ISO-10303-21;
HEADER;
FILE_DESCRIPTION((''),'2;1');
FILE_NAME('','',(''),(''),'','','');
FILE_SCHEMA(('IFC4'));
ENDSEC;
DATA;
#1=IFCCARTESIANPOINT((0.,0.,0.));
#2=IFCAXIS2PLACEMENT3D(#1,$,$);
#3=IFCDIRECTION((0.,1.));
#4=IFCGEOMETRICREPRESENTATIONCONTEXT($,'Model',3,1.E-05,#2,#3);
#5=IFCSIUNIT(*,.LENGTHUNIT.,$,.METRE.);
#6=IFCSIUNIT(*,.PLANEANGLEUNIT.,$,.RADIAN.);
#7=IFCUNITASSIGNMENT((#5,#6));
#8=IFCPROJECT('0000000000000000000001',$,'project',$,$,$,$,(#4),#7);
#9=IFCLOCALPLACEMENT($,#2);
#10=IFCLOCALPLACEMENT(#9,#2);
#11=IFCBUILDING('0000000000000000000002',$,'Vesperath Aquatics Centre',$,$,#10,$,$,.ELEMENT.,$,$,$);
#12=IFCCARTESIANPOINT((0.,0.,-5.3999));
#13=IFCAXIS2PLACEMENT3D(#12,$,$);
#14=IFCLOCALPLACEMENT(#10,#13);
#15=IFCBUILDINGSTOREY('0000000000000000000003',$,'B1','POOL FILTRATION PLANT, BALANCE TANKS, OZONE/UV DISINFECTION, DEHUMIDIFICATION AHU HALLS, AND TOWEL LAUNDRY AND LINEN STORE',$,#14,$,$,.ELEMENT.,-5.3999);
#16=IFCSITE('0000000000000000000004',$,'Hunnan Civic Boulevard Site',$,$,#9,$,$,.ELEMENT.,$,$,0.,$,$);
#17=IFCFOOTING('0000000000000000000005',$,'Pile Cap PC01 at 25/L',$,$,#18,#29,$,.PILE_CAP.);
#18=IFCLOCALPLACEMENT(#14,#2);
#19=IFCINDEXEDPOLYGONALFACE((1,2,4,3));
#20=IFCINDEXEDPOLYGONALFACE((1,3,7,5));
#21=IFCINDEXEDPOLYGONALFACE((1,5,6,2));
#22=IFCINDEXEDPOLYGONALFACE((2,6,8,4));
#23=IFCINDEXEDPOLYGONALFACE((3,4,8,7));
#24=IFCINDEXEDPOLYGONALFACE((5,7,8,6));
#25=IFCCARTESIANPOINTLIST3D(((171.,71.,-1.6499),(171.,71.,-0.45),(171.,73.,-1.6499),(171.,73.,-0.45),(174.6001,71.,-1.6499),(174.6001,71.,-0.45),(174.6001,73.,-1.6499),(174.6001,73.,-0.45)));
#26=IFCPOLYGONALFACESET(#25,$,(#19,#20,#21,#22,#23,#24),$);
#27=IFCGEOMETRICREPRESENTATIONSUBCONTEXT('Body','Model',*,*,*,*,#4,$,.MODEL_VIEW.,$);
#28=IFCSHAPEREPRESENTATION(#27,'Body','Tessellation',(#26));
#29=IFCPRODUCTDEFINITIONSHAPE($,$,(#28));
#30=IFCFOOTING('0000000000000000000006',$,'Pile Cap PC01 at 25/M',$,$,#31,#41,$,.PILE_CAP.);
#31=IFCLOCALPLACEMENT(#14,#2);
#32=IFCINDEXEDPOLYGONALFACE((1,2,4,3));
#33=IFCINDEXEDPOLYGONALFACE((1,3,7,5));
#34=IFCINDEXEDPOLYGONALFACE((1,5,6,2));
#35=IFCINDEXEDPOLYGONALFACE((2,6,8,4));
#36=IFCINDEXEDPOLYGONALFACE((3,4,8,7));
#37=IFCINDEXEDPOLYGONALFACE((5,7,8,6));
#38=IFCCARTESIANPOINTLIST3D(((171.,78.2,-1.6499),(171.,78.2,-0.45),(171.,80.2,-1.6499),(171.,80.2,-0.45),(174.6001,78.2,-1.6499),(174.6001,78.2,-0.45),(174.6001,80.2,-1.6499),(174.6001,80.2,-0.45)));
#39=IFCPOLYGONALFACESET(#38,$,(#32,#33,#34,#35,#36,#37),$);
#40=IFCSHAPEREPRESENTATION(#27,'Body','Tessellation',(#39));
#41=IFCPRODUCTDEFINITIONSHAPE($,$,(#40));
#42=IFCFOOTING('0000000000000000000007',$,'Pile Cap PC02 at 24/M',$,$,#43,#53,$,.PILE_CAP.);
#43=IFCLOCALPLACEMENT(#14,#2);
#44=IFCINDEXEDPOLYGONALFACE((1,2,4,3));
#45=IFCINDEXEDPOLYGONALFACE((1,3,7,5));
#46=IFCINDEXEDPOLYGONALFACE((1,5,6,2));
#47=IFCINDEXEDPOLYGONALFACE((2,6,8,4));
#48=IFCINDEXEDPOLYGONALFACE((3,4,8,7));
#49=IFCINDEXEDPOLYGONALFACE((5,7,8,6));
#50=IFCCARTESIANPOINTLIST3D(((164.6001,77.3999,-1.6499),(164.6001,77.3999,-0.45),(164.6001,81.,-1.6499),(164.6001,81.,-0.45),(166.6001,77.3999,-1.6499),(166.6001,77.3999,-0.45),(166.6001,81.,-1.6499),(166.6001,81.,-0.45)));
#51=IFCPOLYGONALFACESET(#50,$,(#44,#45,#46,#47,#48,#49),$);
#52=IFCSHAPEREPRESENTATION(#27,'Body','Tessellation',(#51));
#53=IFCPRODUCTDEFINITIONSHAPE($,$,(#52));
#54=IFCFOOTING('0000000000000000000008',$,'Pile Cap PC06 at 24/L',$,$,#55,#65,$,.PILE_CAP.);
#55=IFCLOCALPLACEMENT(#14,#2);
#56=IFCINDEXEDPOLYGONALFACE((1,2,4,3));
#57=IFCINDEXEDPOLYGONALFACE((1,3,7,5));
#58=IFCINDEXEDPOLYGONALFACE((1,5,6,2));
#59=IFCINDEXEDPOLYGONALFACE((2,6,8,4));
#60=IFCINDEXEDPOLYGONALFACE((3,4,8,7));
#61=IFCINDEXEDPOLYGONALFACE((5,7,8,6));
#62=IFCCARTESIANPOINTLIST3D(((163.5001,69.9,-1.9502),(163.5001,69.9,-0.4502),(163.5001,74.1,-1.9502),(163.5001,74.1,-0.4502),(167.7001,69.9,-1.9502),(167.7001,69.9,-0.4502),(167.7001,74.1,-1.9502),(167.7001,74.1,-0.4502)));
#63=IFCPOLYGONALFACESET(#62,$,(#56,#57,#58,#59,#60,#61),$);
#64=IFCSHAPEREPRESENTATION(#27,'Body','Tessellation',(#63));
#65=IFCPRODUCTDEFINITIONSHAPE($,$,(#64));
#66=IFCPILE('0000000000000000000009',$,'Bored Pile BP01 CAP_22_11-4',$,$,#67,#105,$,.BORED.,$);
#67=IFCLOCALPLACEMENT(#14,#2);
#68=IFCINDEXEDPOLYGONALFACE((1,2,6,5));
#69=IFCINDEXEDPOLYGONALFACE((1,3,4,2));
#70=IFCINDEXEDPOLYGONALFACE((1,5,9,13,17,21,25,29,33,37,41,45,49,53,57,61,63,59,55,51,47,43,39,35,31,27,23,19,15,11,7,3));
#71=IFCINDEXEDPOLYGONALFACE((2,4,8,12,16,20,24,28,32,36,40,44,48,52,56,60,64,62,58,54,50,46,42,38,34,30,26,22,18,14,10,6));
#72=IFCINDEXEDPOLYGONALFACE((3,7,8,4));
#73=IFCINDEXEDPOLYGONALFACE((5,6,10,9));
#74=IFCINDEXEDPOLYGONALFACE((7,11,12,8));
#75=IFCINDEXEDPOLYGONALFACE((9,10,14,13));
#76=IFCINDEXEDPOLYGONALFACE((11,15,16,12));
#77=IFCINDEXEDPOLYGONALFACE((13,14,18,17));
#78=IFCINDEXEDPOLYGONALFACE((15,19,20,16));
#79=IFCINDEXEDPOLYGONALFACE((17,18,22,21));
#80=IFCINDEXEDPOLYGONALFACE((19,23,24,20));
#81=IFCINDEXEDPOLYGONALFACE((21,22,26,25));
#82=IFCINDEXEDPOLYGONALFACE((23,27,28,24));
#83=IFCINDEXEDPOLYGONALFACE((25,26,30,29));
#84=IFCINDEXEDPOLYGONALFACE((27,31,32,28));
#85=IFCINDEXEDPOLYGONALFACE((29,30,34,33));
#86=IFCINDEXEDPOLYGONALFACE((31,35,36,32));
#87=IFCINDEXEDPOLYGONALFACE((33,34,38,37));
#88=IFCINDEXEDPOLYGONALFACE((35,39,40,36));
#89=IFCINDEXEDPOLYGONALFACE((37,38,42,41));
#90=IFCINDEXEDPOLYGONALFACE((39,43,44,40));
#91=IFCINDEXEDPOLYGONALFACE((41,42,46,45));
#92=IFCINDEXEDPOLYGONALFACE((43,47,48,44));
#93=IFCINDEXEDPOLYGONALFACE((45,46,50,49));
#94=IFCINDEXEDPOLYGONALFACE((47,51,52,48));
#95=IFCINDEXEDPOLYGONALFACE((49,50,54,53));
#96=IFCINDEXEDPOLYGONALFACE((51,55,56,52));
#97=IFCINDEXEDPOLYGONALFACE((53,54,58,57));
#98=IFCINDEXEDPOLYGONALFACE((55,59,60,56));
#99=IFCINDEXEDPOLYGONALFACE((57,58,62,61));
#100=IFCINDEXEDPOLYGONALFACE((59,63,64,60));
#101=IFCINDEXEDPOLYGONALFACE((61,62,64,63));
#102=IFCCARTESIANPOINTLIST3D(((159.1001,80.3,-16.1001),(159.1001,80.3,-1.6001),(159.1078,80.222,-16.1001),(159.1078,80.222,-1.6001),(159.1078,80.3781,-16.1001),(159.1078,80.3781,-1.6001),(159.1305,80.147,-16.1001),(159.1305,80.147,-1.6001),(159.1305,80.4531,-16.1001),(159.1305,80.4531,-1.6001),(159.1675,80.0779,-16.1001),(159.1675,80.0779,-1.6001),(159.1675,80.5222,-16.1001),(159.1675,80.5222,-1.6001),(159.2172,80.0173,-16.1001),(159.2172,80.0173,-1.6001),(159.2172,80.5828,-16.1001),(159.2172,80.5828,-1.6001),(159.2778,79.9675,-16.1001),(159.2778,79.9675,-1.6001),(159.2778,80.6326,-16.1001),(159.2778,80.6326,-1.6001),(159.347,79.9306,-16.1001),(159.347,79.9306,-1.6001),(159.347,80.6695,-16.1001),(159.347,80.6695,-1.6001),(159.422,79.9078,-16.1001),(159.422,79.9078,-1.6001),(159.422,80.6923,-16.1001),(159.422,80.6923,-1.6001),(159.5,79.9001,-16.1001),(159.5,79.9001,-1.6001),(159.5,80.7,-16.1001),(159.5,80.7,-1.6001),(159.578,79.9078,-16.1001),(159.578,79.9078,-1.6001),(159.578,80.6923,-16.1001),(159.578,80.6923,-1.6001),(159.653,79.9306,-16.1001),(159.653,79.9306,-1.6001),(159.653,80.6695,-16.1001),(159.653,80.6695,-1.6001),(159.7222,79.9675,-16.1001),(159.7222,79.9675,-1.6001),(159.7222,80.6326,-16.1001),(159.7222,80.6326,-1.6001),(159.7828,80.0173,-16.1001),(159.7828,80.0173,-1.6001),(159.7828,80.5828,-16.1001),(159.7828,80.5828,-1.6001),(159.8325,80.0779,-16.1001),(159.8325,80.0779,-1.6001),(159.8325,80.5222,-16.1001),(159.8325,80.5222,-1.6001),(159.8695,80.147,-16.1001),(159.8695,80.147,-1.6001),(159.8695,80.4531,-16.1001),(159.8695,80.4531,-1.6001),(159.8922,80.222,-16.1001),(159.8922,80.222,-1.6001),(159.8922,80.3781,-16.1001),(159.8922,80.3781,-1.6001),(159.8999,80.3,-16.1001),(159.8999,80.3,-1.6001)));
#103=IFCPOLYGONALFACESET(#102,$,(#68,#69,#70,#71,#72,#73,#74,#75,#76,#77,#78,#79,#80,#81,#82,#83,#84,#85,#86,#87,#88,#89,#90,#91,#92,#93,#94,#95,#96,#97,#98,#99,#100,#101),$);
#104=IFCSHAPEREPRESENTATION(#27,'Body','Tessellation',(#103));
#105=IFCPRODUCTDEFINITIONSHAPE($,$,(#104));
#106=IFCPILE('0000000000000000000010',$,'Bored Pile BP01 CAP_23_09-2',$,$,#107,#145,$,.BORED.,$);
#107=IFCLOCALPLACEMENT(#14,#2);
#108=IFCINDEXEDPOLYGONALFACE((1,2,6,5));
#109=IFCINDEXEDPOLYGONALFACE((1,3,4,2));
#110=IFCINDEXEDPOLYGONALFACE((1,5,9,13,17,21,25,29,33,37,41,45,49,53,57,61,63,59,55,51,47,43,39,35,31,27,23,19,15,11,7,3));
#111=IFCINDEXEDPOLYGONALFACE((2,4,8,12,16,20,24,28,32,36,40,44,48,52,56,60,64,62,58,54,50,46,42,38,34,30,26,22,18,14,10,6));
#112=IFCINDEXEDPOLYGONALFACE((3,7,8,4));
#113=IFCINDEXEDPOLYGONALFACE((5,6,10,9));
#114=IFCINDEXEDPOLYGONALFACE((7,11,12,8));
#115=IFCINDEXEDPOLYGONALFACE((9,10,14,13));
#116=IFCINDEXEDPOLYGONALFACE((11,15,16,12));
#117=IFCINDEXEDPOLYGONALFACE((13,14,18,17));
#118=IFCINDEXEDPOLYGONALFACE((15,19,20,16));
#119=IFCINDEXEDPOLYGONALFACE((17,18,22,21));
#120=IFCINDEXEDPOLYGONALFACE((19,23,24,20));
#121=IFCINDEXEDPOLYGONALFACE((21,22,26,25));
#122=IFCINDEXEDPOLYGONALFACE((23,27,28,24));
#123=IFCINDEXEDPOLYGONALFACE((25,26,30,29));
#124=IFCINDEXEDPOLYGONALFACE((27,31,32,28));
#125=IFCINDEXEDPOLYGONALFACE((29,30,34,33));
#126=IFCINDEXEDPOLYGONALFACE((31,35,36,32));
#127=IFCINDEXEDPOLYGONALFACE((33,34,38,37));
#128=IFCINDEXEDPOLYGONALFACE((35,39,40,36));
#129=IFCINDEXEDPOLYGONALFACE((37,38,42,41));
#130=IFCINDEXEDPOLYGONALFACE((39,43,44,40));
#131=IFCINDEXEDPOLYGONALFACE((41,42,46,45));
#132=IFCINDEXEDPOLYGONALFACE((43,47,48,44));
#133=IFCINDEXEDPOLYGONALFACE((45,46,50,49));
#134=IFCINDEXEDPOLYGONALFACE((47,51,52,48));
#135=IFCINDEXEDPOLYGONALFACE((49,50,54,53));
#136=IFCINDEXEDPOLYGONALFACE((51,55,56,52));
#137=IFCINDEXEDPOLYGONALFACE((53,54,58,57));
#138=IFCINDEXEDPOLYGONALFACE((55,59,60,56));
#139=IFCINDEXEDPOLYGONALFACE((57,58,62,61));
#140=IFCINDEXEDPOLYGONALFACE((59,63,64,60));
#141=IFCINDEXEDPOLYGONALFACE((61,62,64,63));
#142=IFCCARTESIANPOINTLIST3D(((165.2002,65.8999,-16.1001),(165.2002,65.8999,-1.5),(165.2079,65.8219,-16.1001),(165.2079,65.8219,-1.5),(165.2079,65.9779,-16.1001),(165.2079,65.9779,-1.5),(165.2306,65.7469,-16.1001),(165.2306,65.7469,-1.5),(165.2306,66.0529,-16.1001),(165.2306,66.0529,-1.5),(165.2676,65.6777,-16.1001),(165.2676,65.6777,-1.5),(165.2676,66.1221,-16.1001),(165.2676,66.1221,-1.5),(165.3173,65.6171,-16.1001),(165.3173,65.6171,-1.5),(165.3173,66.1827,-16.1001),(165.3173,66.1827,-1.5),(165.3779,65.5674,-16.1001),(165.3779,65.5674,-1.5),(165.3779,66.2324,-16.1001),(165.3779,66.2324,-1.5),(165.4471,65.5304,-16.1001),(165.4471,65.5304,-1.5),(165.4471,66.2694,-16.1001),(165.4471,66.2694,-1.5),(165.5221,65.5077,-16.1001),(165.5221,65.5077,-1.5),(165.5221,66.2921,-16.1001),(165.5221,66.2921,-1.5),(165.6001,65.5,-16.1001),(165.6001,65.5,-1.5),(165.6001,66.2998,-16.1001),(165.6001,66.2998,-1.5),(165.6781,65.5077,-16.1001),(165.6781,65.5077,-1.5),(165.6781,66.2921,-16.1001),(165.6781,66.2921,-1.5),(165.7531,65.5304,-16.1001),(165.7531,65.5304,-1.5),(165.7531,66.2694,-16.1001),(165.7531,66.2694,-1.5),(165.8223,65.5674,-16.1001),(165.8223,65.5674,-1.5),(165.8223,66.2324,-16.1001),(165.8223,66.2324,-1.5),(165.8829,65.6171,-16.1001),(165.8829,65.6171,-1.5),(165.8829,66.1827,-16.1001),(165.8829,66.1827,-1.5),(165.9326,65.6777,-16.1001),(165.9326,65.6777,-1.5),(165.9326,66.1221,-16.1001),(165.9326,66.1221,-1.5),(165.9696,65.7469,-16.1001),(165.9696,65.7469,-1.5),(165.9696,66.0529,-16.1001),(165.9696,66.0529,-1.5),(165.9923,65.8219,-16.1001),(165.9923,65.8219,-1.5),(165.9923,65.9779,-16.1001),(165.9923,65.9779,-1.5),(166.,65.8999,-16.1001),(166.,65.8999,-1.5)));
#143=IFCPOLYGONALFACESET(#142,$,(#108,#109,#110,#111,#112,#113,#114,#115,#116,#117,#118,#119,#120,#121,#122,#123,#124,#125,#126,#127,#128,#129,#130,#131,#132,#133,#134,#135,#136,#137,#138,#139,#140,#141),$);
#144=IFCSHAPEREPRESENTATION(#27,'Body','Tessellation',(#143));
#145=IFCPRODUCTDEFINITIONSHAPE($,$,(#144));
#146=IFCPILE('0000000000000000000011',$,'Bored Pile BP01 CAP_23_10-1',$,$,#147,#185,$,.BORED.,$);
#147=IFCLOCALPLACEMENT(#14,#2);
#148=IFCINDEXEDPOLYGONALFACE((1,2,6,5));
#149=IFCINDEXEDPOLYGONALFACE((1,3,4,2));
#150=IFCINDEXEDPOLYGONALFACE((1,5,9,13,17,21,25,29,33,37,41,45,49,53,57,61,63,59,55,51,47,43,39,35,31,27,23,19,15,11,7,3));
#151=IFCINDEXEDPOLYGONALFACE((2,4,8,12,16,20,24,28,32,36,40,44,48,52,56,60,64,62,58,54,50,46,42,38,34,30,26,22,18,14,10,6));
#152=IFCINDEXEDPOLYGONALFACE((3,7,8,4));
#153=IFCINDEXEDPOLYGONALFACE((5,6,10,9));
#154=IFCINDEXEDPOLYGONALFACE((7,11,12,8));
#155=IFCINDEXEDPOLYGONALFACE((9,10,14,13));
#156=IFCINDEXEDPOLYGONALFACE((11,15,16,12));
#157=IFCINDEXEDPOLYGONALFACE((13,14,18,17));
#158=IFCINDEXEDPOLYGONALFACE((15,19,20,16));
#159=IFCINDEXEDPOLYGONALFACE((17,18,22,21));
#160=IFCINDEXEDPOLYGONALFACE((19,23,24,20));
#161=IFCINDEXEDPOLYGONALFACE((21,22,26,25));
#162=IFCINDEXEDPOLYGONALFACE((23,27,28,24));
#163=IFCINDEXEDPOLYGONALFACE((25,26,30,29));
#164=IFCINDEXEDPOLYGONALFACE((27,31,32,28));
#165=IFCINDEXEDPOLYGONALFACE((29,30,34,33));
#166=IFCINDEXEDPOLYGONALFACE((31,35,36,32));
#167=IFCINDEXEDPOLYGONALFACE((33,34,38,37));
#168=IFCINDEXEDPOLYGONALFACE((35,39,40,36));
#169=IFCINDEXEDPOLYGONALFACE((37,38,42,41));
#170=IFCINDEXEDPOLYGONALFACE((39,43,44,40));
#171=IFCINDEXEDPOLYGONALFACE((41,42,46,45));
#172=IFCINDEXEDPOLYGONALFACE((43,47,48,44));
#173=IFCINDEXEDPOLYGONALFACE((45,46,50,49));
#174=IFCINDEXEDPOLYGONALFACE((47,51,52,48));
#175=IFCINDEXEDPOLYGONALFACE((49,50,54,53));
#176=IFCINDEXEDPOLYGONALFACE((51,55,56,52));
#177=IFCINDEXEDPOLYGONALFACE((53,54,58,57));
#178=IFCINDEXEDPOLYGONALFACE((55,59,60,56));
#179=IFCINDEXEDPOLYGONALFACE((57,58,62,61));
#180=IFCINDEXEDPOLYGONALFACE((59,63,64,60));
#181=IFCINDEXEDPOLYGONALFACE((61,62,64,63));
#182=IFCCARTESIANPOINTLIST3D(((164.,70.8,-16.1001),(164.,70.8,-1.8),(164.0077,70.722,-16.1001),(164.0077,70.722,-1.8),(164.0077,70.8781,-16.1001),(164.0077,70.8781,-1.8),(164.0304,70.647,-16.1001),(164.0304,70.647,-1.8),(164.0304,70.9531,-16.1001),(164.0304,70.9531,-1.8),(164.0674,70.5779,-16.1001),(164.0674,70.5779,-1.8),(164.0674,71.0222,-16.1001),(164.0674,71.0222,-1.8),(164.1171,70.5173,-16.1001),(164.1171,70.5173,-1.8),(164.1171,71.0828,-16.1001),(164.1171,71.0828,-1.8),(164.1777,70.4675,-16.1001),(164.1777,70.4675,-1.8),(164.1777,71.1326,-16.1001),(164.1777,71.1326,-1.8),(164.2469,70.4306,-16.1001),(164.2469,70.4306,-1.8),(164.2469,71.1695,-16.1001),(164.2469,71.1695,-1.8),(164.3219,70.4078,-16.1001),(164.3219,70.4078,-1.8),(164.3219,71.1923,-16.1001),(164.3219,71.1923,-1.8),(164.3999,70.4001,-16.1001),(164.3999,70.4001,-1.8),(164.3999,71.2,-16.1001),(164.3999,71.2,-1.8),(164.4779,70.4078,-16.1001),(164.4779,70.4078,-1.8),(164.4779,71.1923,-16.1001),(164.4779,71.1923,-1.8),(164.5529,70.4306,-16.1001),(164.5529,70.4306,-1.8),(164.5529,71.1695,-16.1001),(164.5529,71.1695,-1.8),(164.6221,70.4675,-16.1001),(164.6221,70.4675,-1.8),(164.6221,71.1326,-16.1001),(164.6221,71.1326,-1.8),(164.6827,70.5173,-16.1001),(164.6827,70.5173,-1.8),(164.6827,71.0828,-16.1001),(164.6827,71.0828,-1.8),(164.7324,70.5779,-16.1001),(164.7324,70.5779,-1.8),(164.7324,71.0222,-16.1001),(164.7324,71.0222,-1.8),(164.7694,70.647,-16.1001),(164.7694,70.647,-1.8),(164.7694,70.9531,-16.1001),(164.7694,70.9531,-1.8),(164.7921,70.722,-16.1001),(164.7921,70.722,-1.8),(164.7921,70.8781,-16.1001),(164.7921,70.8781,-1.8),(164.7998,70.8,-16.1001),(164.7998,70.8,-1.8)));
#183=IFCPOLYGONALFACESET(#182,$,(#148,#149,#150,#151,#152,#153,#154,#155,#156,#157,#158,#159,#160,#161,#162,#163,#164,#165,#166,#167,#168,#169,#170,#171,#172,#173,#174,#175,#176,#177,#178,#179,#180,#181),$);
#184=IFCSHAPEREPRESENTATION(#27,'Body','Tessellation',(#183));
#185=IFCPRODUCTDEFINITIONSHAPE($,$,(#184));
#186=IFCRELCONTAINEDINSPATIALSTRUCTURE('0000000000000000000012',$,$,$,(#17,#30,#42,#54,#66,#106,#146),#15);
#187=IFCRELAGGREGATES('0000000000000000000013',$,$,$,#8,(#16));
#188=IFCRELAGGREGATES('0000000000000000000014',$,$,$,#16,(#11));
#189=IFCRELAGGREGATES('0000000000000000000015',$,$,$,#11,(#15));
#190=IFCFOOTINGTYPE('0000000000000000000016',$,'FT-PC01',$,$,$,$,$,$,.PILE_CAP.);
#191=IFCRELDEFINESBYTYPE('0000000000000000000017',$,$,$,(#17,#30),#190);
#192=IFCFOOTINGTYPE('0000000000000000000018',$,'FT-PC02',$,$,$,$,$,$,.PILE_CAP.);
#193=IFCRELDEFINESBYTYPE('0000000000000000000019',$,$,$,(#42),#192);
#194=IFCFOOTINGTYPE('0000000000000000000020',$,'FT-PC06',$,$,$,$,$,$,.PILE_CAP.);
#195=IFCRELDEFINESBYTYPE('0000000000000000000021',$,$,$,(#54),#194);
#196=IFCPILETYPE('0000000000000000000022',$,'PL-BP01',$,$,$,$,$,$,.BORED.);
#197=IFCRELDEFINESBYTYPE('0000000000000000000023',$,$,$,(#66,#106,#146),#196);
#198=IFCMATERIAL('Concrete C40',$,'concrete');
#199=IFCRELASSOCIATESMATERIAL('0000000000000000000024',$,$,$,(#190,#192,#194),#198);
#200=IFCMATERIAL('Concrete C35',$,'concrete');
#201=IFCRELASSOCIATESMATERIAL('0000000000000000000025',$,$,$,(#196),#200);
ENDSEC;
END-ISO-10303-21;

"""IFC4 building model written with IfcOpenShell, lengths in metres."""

from ifc_helpers import new_model, si_unit, direction, frame, origin, origin_2d, place, context, subcontext, project, spatial, rectangle, circle, extrude, material, material_profile, profile_set, type_object, element, save


model = new_model("IFC4")

# Units and contexts
model_context = context("Model", 3, precision=1e-05, world=origin(), true_north=direction((0.0, 1.0)))
body_context = subcontext(model_context, "Body", "Model", "MODEL_VIEW")
ifc_project = project(units=[si_unit("LENGTHUNIT", "METRE"), si_unit("PLANEANGLEUNIT", "RADIAN")], contexts=[model_context])

# Site, building, storey
site_placement = place(None, origin())
site = spatial("IfcSite", under=ifc_project, at=site_placement, Name="Hunnan Civic Boulevard Site", CompositionType="ELEMENT", RefElevation=0.0)
building_placement = place(site_placement, origin())
building = spatial("IfcBuilding", under=site, at=building_placement, Name="Vesperath Aquatics Centre", CompositionType="ELEMENT")
storey_placement = place(building_placement, frame((0.0, 0.0, -5.3999)))
storey = spatial("IfcBuildingStorey", under=building, at=storey_placement, Name="B1", Description="POOL FILTRATION PLANT, BALANCE TANKS, OZONE/UV DISINFECTION, DEHUMIDIFICATION AHU HALLS, AND TOWEL LAUNDRY AND LINEN STORE", CompositionType="ELEMENT", Elevation=-5.3999)

# Footings
ifc_material_1 = material(Name="Concrete C40", Category="concrete")
footing_type_1 = type_object("IfcFootingType", Name="FT-PC01", PredefinedType="PILE_CAP", material=ifc_material_1)
for number, where, z_axis, x_axis, name in (
    (1, (172.8, 72.0, -1.6499), (0.0, 0.0, 1.0), (1.0, 0.0, 0.0), "Pile Cap PC01 at 25/L"),
    (2, (172.8, 79.2, -1.6499), (0.0, 0.0, 1.0), (1.0, 0.0, 0.0), "Pile Cap PC01 at 25/M"),
):
    element("IfcFooting", number, at=place(storey_placement, frame(where, z_axis=z_axis, x_axis=x_axis)), inside=storey, type_object=footing_type_1, Name=name, PredefinedType="PILE_CAP", context=body_context, shape_type="SweptSolid", body=[
        extrude(rectangle(XDim=3.6001, YDim=2.0, at=origin_2d()), origin(), (0.0, 0.0, 1.0), 1.2),
    ])
footing_type_2 = type_object("IfcFootingType", Name="FT-PC02", PredefinedType="PILE_CAP", material=ifc_material_1)
footing_1_placement = place(storey_placement, frame((165.6001, 79.2, -1.6499), z_axis=(0.0, 0.0, 1.0), x_axis=(1.0, 0.0, 0.0)))
element("IfcFooting", 3, at=footing_1_placement, inside=storey, type_object=footing_type_2, Name="Pile Cap PC02 at 24/M", PredefinedType="PILE_CAP", context=body_context, shape_type="SweptSolid", body=[
    extrude(rectangle(XDim=2.0, YDim=3.6001, at=origin_2d()), origin(), (0.0, 0.0, 1.0), 1.2),
])
footing_type_3 = type_object("IfcFootingType", Name="FT-PC06", PredefinedType="PILE_CAP", material=ifc_material_1)
footing_2_placement = place(storey_placement, frame((165.6001, 72.0, -1.9502), z_axis=(0.0, 0.0, 1.0), x_axis=(1.0, 0.0, 0.0)))
element("IfcFooting", 4, at=footing_2_placement, inside=storey, type_object=footing_type_3, Name="Pile Cap PC06 at 24/L", PredefinedType="PILE_CAP", context=body_context, shape_type="SweptSolid", body=[
    extrude(rectangle(XDim=4.2, YDim=4.2, at=origin_2d()), origin(), (0.0, 0.0, 1.0), 1.5),
])

# Piles
ifc_material_2 = material(Name="Concrete C35", Category="concrete")
ifc_material_profile_1 = material_profile(ifc_material_2, circle(Radius=0.3999, at=origin_2d()), Name="PILE D800")
ifc_profile_set_1 = profile_set([ifc_material_profile_1], Name="Concrete C35")
pile_type = type_object("IfcPileType", Name="PL-BP01", PredefinedType="BORED", material=ifc_profile_set_1)
pile_1_placement = place(storey_placement, frame((159.5, 80.3, -1.6001), z_axis=(0.0, 0.0, -1.0), x_axis=(1.0, 0.0, 0.0)))
element("IfcPile", 5, at=pile_1_placement, inside=storey, type_object=pile_type, Name="Bored Pile BP01 CAP_22_11-4", PredefinedType="BORED", context=body_context, shape_type="SweptSolid", body=[
    extrude(circle(Radius=0.3999, at=origin_2d()), origin(), (0.0, 0.0, 1.0), 14.5),
])
pile_2_placement = place(storey_placement, frame((165.6001, 65.8999, -1.5), z_axis=(0.0, 0.0, -1.0), x_axis=(1.0, 0.0, 0.0)))
element("IfcPile", 6, at=pile_2_placement, inside=storey, type_object=pile_type, Name="Bored Pile BP01 CAP_23_09-2", PredefinedType="BORED", context=body_context, shape_type="SweptSolid", body=[
    extrude(circle(Radius=0.3999, at=origin_2d()), origin(), (0.0, 0.0, 1.0), 14.6001),
])
for number, where, z_axis, x_axis, name in (
    (7, (164.3999, 70.8, -1.8), (0.0, 0.0, -1.0), (1.0, 0.0, 0.0), "Bored Pile BP01 CAP_23_10-1"),
):
    element("IfcPile", number, at=place(storey_placement, frame(where, z_axis=z_axis, x_axis=x_axis)), inside=storey, type_object=pile_type, Name=name, PredefinedType="BORED", context=body_context, shape_type="SweptSolid", body=[
        extrude(circle(Radius=0.3999, at=origin_2d()), origin(), (0.0, 0.0, 1.0), 14.3),
    ])

save(model, "model.ifc")
